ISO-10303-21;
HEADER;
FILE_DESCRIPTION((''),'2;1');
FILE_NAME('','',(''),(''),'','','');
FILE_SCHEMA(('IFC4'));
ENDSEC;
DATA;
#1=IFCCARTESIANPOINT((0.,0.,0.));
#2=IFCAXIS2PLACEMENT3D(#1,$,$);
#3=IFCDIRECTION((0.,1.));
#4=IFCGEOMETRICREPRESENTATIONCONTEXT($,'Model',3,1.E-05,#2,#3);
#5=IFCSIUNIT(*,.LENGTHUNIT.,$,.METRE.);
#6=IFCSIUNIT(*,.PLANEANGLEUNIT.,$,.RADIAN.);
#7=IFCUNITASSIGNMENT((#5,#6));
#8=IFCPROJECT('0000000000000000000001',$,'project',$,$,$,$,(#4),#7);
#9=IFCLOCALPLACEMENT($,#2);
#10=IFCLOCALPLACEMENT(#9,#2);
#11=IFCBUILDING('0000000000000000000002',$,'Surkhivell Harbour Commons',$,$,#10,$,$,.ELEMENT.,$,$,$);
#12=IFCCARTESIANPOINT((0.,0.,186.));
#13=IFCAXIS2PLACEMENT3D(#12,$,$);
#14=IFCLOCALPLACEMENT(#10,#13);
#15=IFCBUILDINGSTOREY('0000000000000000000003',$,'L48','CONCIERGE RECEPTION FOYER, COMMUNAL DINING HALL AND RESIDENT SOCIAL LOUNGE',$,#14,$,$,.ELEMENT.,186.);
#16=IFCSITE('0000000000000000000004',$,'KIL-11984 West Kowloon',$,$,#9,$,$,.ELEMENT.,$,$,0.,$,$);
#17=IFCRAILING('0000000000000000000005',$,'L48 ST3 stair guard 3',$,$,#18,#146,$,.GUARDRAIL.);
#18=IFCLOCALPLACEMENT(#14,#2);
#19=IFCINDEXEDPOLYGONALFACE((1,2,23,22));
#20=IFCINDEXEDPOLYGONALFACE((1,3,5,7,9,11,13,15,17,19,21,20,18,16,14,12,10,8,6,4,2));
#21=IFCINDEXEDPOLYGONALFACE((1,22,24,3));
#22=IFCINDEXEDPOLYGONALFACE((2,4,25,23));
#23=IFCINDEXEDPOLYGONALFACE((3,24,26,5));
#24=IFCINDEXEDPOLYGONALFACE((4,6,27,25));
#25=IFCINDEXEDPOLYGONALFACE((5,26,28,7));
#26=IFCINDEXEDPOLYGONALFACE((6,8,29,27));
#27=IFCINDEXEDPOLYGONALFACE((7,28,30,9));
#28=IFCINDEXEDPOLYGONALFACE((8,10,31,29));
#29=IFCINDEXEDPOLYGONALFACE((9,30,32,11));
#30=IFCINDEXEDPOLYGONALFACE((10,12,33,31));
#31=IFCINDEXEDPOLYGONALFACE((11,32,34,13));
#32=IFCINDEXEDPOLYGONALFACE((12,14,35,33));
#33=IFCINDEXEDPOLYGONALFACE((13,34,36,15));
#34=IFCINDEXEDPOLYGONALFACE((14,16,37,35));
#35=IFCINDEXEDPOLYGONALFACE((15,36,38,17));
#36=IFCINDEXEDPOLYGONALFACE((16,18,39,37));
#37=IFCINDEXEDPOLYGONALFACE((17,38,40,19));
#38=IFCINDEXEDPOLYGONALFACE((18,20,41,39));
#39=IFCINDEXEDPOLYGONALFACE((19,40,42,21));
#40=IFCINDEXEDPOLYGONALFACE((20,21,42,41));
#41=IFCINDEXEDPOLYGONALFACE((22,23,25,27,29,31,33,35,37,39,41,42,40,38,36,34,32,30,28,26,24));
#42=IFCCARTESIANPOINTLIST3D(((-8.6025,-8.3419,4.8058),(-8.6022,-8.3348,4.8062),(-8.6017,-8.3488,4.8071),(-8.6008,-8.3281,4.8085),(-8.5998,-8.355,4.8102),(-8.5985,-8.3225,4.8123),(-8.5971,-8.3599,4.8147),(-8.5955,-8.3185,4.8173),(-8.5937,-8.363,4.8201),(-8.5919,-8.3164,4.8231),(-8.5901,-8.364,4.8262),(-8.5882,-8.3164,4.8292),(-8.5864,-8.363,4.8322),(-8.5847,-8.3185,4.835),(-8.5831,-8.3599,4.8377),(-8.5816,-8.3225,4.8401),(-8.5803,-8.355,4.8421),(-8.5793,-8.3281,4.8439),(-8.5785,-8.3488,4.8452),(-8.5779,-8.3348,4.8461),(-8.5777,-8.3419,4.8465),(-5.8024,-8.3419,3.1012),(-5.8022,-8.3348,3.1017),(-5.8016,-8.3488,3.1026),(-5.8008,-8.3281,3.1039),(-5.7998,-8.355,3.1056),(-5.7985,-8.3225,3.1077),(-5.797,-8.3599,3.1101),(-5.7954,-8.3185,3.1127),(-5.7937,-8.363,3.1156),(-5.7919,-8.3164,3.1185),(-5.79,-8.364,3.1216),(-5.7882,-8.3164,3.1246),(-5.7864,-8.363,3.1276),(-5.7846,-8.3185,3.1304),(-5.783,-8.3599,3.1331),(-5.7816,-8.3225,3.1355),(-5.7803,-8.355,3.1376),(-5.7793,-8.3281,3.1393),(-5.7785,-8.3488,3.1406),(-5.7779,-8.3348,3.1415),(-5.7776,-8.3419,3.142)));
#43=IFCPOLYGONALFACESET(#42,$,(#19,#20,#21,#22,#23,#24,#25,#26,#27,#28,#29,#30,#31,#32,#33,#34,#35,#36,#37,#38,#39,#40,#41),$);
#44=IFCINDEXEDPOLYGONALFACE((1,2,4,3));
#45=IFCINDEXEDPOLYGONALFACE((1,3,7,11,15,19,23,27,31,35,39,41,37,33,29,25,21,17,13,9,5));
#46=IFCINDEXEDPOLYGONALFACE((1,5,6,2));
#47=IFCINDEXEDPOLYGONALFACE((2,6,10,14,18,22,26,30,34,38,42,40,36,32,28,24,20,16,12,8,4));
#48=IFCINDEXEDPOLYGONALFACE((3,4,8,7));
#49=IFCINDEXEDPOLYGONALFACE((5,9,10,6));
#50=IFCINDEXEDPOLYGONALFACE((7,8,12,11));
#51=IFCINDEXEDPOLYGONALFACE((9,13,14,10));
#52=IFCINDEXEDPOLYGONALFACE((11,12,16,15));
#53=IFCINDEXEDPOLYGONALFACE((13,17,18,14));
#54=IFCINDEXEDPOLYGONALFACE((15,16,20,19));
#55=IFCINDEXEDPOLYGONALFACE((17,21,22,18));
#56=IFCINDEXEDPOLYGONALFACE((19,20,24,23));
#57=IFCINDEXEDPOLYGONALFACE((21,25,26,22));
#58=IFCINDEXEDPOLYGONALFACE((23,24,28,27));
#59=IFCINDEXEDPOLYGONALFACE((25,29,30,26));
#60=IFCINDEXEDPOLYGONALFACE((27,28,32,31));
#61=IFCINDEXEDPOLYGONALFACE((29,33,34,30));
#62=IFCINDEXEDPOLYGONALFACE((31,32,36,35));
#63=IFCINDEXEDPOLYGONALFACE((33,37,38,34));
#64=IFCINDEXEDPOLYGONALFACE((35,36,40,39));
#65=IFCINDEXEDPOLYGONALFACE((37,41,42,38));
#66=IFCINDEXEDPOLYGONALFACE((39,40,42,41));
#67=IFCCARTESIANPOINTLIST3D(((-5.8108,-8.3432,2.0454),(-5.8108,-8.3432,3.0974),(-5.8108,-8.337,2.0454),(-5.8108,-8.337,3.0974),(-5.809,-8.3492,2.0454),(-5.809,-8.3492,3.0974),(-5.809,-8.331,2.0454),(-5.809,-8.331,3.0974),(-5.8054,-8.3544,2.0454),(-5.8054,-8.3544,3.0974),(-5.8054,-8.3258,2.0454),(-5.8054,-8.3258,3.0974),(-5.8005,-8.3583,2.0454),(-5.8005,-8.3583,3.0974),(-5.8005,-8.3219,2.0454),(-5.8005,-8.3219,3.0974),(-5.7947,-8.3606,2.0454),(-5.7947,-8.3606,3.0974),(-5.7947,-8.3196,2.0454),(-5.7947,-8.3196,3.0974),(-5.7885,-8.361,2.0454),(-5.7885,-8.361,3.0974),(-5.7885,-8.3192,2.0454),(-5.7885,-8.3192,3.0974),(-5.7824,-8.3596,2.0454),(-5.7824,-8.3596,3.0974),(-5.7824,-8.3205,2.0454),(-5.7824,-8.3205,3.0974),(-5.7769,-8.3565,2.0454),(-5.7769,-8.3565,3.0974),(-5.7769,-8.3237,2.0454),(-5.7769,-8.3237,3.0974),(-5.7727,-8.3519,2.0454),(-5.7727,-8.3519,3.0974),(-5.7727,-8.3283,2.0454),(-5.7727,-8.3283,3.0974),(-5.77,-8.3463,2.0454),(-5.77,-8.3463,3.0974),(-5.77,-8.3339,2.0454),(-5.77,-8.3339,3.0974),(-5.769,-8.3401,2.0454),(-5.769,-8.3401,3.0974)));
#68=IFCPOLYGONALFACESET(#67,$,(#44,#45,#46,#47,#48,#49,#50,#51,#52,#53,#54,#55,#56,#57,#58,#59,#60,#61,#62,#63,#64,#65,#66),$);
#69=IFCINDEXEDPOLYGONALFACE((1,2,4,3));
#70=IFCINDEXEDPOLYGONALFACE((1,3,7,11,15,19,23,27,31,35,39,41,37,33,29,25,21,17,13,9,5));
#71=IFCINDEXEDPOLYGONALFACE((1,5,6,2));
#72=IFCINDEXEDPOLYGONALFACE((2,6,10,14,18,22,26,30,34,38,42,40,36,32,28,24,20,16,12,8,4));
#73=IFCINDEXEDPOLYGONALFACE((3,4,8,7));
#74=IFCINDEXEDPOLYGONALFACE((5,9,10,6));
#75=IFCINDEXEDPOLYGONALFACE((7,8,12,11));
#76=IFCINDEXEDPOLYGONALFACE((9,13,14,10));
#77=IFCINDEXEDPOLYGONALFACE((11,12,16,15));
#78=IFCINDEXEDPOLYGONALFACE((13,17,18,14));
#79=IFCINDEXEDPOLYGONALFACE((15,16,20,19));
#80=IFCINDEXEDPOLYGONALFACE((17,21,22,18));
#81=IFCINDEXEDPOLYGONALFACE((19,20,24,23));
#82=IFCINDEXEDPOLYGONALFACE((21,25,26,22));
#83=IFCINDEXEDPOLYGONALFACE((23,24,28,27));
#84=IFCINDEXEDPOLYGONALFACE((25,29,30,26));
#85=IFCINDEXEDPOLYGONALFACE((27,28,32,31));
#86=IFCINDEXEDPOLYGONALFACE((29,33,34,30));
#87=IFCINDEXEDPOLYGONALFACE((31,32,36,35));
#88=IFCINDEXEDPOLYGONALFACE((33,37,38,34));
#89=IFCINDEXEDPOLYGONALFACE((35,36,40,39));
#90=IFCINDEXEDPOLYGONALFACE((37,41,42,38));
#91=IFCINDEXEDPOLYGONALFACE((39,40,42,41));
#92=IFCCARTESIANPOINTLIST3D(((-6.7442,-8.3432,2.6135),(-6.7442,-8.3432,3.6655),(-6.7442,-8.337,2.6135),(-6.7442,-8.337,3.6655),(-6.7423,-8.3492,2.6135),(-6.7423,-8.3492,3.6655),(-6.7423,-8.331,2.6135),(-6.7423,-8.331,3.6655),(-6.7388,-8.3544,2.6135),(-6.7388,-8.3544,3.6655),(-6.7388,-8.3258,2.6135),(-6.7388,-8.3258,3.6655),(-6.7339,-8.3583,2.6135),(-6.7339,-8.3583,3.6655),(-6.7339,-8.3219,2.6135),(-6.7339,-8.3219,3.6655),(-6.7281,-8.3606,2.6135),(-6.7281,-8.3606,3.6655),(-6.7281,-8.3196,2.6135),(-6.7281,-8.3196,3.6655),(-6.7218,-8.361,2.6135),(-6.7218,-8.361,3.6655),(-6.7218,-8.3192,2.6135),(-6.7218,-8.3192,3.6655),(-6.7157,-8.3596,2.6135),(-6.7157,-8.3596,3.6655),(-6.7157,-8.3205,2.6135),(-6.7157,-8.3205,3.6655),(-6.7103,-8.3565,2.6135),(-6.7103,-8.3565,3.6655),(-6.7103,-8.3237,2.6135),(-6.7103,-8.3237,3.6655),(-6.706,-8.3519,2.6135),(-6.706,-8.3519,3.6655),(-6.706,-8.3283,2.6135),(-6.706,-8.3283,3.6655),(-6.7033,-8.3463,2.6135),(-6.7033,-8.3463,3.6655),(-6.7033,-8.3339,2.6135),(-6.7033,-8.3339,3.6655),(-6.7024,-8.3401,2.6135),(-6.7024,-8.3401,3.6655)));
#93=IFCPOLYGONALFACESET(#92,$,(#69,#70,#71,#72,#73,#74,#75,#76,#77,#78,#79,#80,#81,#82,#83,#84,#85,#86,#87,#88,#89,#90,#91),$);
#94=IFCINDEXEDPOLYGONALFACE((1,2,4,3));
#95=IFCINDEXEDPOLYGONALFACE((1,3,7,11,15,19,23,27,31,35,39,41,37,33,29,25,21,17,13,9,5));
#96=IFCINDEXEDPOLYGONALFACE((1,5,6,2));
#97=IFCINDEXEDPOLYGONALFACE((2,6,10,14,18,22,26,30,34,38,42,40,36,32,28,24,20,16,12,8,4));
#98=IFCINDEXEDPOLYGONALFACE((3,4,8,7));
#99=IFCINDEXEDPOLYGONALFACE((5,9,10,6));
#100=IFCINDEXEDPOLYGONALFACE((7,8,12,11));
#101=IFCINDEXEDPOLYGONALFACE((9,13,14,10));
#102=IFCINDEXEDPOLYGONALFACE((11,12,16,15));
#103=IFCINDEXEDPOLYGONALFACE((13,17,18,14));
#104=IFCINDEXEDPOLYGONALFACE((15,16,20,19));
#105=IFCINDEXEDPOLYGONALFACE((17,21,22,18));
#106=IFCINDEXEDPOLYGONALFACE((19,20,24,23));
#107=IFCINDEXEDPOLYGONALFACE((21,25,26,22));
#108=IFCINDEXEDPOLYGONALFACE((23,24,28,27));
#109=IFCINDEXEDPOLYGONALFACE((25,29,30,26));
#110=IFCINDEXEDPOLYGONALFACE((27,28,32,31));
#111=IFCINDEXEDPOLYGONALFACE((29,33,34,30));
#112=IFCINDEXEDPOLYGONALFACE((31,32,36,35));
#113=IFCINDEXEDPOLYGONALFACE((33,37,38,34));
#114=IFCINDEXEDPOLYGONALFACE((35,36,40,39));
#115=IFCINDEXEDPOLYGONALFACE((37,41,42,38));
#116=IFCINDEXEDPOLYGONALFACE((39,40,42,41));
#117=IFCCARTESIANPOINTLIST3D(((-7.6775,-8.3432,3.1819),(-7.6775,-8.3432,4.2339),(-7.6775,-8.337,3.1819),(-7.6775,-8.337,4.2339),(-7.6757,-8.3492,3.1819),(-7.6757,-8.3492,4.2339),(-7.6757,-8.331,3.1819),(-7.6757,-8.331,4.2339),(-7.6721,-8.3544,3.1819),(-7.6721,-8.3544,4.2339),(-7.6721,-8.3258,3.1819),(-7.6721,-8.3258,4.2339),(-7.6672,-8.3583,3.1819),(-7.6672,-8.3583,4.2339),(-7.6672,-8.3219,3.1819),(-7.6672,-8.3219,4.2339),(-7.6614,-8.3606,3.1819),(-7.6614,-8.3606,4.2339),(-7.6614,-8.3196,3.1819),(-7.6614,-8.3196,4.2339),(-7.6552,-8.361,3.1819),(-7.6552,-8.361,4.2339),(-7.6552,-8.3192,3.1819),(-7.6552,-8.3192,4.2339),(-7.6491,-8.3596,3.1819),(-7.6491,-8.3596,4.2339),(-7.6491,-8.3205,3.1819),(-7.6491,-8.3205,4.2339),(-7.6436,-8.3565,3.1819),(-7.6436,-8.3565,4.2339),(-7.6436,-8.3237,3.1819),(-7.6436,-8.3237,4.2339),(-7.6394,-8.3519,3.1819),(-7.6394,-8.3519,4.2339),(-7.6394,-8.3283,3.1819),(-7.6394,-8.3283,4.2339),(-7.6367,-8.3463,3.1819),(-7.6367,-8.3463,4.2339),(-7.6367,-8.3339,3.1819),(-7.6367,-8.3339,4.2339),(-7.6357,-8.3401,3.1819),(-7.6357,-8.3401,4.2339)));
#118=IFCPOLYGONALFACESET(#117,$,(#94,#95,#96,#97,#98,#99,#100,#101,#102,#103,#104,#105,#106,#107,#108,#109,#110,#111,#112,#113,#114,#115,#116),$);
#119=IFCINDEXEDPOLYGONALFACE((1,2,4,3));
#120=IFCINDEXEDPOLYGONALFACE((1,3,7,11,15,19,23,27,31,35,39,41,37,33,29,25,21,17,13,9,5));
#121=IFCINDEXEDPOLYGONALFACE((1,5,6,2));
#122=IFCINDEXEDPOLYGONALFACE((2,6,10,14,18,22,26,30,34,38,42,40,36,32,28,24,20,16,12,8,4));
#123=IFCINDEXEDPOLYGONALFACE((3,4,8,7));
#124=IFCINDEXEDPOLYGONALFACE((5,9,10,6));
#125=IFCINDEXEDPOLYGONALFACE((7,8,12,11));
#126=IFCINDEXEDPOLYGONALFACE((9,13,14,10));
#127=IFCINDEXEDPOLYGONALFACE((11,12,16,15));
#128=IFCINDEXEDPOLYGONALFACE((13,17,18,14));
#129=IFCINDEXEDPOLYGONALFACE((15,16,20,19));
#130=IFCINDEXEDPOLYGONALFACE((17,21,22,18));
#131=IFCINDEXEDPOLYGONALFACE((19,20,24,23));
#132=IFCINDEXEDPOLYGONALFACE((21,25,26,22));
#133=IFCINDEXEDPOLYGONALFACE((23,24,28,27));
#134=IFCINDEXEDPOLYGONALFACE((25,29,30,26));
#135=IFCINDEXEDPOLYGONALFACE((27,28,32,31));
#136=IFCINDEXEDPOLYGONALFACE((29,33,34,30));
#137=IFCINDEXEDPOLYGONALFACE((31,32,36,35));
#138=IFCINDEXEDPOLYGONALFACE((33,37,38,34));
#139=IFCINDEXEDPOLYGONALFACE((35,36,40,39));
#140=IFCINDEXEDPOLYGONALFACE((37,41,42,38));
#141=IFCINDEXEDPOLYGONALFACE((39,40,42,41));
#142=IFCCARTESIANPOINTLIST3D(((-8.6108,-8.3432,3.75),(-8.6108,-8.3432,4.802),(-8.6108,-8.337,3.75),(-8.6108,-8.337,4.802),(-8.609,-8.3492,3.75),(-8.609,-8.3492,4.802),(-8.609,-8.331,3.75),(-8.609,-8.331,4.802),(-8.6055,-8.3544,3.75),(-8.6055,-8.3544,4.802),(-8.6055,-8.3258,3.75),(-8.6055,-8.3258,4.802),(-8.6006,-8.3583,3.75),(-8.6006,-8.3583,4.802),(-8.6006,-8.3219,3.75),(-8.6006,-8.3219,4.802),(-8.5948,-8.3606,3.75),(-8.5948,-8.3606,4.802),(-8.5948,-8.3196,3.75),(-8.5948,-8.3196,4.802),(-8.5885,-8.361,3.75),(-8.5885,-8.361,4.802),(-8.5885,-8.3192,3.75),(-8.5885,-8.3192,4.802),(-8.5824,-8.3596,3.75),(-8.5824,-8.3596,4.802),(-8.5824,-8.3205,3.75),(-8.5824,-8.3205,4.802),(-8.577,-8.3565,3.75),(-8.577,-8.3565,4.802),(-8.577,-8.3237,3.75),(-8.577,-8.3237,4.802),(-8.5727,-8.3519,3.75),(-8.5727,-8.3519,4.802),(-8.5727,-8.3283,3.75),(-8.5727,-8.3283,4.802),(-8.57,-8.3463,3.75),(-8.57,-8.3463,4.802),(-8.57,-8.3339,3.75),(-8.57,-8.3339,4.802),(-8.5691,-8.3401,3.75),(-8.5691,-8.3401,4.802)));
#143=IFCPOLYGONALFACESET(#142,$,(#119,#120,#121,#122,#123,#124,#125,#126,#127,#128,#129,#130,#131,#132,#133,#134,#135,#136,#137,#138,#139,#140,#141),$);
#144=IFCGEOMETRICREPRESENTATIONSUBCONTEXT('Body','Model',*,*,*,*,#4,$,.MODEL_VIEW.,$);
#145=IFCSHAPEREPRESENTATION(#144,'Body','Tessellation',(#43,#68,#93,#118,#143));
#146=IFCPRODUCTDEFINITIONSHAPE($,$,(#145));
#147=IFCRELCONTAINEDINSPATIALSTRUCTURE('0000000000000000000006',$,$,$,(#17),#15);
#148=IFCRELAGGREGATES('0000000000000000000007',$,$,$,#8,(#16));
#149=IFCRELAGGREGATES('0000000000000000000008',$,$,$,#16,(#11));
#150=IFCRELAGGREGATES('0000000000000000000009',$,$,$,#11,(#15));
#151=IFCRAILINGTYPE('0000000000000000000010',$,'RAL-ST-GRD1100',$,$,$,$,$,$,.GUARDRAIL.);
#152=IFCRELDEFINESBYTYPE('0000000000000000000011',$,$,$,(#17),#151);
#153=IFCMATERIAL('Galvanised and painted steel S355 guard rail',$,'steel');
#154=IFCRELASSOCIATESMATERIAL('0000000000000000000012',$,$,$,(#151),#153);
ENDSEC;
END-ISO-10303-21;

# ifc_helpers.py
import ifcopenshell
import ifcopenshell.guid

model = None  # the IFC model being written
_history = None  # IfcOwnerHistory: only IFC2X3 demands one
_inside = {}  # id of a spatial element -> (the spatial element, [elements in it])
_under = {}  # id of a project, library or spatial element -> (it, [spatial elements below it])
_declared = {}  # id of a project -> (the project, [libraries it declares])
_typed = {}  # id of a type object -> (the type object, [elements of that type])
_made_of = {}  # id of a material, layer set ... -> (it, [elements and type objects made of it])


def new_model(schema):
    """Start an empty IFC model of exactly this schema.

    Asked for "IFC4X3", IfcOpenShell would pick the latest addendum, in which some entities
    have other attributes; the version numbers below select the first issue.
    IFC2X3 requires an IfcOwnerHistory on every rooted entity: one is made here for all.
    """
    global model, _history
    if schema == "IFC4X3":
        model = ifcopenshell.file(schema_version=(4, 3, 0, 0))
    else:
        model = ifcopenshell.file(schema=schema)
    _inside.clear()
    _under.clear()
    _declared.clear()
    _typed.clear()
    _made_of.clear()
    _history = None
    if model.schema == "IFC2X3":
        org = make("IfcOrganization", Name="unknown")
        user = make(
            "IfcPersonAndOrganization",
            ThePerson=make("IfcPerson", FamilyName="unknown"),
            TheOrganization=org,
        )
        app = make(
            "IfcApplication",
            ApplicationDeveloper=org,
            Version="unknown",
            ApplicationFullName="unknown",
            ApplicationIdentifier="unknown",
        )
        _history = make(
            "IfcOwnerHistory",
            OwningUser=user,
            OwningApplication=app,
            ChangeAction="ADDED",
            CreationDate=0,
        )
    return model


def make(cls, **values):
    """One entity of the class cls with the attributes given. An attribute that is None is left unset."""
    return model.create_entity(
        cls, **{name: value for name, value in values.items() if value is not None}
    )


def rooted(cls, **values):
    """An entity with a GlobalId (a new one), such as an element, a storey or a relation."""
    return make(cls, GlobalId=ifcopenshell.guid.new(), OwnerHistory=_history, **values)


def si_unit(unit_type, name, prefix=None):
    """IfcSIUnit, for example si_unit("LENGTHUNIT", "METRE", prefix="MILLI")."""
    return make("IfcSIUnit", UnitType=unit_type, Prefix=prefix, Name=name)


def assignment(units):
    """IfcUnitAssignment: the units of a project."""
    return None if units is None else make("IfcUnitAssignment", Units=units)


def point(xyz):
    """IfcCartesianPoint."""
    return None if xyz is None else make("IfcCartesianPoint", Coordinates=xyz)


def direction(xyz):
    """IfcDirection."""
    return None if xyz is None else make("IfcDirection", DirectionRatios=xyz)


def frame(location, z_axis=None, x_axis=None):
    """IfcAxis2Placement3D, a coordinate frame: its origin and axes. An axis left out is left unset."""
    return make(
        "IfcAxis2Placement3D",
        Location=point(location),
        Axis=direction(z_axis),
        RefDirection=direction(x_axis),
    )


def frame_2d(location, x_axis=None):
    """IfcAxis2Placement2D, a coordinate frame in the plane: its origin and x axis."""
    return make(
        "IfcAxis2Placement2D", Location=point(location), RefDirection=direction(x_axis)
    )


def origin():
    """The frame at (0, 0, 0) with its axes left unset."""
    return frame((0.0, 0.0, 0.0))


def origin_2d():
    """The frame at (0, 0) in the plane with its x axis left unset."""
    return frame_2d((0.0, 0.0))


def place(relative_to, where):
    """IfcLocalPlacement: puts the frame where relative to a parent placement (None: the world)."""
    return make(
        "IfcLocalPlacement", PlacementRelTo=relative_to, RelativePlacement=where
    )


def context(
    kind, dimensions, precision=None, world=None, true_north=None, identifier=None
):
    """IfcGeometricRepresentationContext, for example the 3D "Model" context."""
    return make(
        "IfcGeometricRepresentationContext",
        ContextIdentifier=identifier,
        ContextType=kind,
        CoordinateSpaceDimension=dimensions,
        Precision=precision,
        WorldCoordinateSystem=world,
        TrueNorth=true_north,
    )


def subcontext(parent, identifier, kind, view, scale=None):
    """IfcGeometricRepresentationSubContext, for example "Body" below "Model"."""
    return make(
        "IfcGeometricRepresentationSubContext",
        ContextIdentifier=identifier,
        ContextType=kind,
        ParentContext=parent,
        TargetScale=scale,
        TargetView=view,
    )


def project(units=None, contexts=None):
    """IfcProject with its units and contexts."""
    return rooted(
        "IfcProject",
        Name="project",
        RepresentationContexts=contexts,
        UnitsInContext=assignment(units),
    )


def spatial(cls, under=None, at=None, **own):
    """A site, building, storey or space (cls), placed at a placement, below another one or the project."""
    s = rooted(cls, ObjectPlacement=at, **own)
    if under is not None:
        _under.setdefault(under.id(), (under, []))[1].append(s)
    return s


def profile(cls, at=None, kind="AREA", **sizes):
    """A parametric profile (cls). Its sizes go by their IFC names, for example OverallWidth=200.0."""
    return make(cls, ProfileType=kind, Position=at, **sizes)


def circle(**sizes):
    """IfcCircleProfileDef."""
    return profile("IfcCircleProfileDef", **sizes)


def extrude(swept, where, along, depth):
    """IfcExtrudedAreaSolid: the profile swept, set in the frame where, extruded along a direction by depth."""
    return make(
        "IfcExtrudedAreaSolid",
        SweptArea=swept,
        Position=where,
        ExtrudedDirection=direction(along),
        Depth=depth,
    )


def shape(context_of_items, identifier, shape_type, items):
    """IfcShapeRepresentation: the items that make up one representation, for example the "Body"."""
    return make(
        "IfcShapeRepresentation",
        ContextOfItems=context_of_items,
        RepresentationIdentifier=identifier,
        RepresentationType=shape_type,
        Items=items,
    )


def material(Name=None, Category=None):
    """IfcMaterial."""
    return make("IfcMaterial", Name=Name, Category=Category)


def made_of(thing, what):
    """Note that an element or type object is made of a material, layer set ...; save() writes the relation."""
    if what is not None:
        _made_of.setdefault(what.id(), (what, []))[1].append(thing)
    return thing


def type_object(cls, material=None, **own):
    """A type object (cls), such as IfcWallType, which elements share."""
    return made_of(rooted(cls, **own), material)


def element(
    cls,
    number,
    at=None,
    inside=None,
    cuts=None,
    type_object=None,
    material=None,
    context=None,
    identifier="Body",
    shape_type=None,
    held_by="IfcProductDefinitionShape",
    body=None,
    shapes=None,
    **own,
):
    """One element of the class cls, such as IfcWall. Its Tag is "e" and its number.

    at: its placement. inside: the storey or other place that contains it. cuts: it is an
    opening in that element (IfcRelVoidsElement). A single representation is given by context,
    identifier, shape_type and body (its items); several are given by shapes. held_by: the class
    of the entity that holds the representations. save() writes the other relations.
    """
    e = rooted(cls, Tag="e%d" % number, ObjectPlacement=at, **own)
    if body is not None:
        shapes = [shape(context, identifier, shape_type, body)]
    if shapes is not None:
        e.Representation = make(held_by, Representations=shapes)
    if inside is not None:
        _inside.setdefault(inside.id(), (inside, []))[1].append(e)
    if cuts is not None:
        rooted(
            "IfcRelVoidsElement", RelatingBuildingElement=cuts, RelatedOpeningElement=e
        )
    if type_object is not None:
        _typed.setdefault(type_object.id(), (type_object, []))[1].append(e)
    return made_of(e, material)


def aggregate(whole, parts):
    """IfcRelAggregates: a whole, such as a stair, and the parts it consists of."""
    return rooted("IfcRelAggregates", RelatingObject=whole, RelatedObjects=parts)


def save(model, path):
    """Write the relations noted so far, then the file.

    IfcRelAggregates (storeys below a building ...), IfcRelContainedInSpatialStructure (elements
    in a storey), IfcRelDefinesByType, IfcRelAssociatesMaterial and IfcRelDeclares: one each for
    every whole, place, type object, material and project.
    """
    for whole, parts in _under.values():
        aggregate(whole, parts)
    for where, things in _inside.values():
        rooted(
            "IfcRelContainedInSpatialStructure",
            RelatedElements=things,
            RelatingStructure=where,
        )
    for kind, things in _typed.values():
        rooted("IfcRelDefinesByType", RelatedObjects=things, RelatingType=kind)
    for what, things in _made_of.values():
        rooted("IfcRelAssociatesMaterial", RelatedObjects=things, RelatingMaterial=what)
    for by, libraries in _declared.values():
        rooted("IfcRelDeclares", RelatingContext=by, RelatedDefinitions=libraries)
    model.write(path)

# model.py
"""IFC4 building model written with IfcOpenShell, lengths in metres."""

from ifc_helpers import new_model, si_unit, direction, frame, origin, origin_2d, place, context, subcontext, project, spatial, circle, extrude, material, type_object, element, save


model = new_model("IFC4")

# Units and contexts
model_context = context("Model", 3, precision=1e-05, world=origin(), true_north=direction((0.0, 1.0)))
body_context = subcontext(model_context, "Body", "Model", "MODEL_VIEW")
ifc_project = project(units=[si_unit("LENGTHUNIT", "METRE"), si_unit("PLANEANGLEUNIT", "RADIAN")], contexts=[model_context])

# Site, building, storey
site_placement = place(None, origin())
site = spatial("IfcSite", under=ifc_project, at=site_placement, Name="KIL-11984 West Kowloon", CompositionType="ELEMENT", RefElevation=0.0)
building_placement = place(site_placement, origin())
building = spatial("IfcBuilding", under=site, at=building_placement, Name="Surkhivell Harbour Commons", CompositionType="ELEMENT")
storey_placement = place(building_placement, frame((0.0, 0.0, 186.0)))
storey = spatial("IfcBuildingStorey", under=building, at=storey_placement, Name="L48", Description="CONCIERGE RECEPTION FOYER, COMMUNAL DINING HALL AND RESIDENT SOCIAL LOUNGE", CompositionType="ELEMENT", Elevation=186.0)

# Railing
ifc_material_1 = material(Name="Galvanised and painted steel S355 guard rail", Category="steel")
railing_type_1 = type_object("IfcRailingType", Name="RAL-ST-GRD1100", PredefinedType="GUARDRAIL", material=ifc_material_1)
railing_1_placement = place(storey_placement, frame((-5.79, -8.3401, 2.0454)))
element("IfcRailing", 1, at=railing_1_placement, inside=storey, type_object=railing_type_1, Name="L48 ST3 stair guard 3", PredefinedType="GUARDRAIL", context=body_context, shape_type="SweptSolid", body=[
    extrude(circle(Radius=0.0239, at=origin_2d()), frame((0.0, 0.0, 1.0762), z_axis=(-0.85417, 0.0, 0.519994), x_axis=(0.0, -1.0, 0.0)), (0.0, 0.0, 1.0), 3.2781),
    extrude(circle(Radius=0.021, at=origin_2d()), origin(), (0.0, 0.0, 1.0), 1.052),
    extrude(circle(Radius=0.021, at=origin_2d()), frame((-0.9333, 0.0, 0.5681)), (0.0, 0.0, 1.0), 1.052),
    extrude(circle(Radius=0.021, at=origin_2d()), frame((-1.8667, 0.0, 1.1365)), (0.0, 0.0, 1.0), 1.052),
    extrude(circle(Radius=0.021, at=origin_2d()), frame((-2.8, 0.0, 1.7046)), (0.0, 0.0, 1.0), 1.052),
])

save(model, "model.ifc")
